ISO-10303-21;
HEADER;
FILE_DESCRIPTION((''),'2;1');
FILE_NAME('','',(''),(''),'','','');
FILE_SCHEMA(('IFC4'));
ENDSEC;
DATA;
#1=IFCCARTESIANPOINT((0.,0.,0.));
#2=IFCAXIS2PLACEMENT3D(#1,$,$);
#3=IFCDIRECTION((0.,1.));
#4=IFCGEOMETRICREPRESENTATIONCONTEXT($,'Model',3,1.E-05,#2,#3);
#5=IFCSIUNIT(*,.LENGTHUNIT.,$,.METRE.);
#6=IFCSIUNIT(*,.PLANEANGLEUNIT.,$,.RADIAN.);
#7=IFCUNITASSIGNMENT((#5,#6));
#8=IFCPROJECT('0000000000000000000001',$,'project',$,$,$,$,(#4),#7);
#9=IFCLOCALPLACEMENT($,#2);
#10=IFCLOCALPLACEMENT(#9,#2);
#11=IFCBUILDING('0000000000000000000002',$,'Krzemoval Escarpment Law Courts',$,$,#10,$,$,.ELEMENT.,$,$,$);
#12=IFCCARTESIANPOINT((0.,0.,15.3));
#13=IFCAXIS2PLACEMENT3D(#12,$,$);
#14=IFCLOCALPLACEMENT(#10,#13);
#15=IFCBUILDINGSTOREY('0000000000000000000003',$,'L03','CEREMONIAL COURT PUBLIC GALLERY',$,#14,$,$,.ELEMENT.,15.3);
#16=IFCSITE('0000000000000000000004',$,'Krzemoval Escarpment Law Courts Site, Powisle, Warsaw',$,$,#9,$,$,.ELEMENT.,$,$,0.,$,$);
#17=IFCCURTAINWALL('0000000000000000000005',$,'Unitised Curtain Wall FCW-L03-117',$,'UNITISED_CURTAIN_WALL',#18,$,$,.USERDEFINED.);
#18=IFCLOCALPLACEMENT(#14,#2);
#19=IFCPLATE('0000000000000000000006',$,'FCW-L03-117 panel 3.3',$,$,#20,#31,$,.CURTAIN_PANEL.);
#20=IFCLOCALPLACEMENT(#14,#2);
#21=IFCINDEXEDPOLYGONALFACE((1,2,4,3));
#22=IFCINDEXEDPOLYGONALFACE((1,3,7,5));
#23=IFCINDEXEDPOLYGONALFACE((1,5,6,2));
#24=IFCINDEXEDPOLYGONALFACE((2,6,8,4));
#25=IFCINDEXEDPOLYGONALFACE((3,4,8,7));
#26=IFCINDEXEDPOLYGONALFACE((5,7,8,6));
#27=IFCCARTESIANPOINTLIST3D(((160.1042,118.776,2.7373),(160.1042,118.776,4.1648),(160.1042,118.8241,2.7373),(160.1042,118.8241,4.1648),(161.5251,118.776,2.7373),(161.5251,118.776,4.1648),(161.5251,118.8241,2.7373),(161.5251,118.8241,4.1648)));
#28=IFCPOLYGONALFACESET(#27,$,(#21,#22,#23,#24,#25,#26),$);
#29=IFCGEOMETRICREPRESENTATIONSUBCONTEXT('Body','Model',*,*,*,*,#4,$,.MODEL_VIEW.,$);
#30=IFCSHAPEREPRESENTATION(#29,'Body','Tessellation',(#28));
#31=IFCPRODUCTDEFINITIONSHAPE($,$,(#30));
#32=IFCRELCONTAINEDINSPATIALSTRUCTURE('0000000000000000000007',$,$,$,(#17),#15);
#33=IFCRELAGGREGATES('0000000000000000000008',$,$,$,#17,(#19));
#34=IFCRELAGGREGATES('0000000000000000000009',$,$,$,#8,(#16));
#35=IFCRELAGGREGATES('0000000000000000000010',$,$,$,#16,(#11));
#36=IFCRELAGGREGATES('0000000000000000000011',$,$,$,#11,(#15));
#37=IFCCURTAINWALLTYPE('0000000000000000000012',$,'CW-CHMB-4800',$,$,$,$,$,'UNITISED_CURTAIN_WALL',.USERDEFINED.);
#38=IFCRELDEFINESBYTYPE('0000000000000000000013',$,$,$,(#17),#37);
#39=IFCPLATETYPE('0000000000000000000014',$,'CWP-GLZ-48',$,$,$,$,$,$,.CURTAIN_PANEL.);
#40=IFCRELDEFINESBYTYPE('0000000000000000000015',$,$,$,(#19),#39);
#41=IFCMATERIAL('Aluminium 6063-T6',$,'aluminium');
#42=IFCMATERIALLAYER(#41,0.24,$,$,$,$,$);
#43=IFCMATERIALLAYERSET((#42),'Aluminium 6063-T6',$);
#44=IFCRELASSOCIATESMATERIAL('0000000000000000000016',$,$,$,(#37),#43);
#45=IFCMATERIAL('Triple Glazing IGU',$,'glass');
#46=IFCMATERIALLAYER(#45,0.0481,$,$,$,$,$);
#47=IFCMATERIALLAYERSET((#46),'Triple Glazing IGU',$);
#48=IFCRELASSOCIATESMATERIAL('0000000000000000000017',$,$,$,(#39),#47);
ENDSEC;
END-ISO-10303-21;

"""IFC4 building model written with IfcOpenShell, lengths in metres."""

from ifc_helpers import new_model, si_unit, direction, frame, origin, origin_2d, place, context, subcontext, project, spatial, rectangle, extrude, material, layer, layer_set, type_object, element, aggregate, save


model = new_model("IFC4")

# Units and contexts
model_context = context("Model", 3, precision=1e-05, world=origin(), true_north=direction((0.0, 1.0)))
body_context = subcontext(model_context, "Body", "Model", "MODEL_VIEW")
ifc_project = project(units=[si_unit("LENGTHUNIT", "METRE"), si_unit("PLANEANGLEUNIT", "RADIAN")], contexts=[model_context])

# Site, building, storey
site_placement = place(None, origin())
site = spatial("IfcSite", under=ifc_project, at=site_placement, Name="Krzemoval Escarpment Law Courts Site, Powisle, Warsaw", CompositionType="ELEMENT", RefElevation=0.0)
building_placement = place(site_placement, origin())
building = spatial("IfcBuilding", under=site, at=building_placement, Name="Krzemoval Escarpment Law Courts", CompositionType="ELEMENT")
storey_placement = place(building_placement, frame((0.0, 0.0, 15.3)))
storey = spatial("IfcBuildingStorey", under=building, at=storey_placement, Name="L03", Description="CEREMONIAL COURT PUBLIC GALLERY", CompositionType="ELEMENT", Elevation=15.3)

# Curtain wall
ifc_material_1 = material(Name="Aluminium 6063-T6", Category="aluminium")
ifc_layer_1 = layer(ifc_material_1, 0.24)
ifc_layer_set_1 = layer_set([ifc_layer_1], Name="Aluminium 6063-T6")
curtain_wall_type = type_object("IfcCurtainWallType", Name="CW-CHMB-4800", ElementType="UNITISED_CURTAIN_WALL", PredefinedType="USERDEFINED", material=ifc_layer_set_1)
curtain_wall_1_placement = place(storey_placement, origin())
curtain_wall_1 = element("IfcCurtainWall", 1, at=curtain_wall_1_placement, inside=storey, type_object=curtain_wall_type, Name="Unitised Curtain Wall FCW-L03-117", ObjectType="UNITISED_CURTAIN_WALL", PredefinedType="USERDEFINED")

# Plate
ifc_material_2 = material(Name="Triple Glazing IGU", Category="glass")
ifc_layer_2 = layer(ifc_material_2, 0.0481)
ifc_layer_set_2 = layer_set([ifc_layer_2], Name="Triple Glazing IGU")
plate_type = type_object("IfcPlateType", Name="CWP-GLZ-48", PredefinedType="CURTAIN_PANEL", material=ifc_layer_set_2)
plate_1_placement = place(storey_placement, frame((160.8147, 118.8, 2.7373), z_axis=(0.0, 0.0, 1.0), x_axis=(1.0, 0.0, 0.0)))
plate_1 = element("IfcPlate", 2, at=plate_1_placement, type_object=plate_type, Name="FCW-L03-117 panel 3.3", PredefinedType="CURTAIN_PANEL", context=body_context, shape_type="SweptSolid", body=[
    extrude(rectangle(XDim=1.4209, YDim=0.0481, at=origin_2d()), origin(), (0.0, 0.0, 1.0), 1.4275),
])
aggregate(curtain_wall_1, [plate_1])

save(model, "model.ifc")
